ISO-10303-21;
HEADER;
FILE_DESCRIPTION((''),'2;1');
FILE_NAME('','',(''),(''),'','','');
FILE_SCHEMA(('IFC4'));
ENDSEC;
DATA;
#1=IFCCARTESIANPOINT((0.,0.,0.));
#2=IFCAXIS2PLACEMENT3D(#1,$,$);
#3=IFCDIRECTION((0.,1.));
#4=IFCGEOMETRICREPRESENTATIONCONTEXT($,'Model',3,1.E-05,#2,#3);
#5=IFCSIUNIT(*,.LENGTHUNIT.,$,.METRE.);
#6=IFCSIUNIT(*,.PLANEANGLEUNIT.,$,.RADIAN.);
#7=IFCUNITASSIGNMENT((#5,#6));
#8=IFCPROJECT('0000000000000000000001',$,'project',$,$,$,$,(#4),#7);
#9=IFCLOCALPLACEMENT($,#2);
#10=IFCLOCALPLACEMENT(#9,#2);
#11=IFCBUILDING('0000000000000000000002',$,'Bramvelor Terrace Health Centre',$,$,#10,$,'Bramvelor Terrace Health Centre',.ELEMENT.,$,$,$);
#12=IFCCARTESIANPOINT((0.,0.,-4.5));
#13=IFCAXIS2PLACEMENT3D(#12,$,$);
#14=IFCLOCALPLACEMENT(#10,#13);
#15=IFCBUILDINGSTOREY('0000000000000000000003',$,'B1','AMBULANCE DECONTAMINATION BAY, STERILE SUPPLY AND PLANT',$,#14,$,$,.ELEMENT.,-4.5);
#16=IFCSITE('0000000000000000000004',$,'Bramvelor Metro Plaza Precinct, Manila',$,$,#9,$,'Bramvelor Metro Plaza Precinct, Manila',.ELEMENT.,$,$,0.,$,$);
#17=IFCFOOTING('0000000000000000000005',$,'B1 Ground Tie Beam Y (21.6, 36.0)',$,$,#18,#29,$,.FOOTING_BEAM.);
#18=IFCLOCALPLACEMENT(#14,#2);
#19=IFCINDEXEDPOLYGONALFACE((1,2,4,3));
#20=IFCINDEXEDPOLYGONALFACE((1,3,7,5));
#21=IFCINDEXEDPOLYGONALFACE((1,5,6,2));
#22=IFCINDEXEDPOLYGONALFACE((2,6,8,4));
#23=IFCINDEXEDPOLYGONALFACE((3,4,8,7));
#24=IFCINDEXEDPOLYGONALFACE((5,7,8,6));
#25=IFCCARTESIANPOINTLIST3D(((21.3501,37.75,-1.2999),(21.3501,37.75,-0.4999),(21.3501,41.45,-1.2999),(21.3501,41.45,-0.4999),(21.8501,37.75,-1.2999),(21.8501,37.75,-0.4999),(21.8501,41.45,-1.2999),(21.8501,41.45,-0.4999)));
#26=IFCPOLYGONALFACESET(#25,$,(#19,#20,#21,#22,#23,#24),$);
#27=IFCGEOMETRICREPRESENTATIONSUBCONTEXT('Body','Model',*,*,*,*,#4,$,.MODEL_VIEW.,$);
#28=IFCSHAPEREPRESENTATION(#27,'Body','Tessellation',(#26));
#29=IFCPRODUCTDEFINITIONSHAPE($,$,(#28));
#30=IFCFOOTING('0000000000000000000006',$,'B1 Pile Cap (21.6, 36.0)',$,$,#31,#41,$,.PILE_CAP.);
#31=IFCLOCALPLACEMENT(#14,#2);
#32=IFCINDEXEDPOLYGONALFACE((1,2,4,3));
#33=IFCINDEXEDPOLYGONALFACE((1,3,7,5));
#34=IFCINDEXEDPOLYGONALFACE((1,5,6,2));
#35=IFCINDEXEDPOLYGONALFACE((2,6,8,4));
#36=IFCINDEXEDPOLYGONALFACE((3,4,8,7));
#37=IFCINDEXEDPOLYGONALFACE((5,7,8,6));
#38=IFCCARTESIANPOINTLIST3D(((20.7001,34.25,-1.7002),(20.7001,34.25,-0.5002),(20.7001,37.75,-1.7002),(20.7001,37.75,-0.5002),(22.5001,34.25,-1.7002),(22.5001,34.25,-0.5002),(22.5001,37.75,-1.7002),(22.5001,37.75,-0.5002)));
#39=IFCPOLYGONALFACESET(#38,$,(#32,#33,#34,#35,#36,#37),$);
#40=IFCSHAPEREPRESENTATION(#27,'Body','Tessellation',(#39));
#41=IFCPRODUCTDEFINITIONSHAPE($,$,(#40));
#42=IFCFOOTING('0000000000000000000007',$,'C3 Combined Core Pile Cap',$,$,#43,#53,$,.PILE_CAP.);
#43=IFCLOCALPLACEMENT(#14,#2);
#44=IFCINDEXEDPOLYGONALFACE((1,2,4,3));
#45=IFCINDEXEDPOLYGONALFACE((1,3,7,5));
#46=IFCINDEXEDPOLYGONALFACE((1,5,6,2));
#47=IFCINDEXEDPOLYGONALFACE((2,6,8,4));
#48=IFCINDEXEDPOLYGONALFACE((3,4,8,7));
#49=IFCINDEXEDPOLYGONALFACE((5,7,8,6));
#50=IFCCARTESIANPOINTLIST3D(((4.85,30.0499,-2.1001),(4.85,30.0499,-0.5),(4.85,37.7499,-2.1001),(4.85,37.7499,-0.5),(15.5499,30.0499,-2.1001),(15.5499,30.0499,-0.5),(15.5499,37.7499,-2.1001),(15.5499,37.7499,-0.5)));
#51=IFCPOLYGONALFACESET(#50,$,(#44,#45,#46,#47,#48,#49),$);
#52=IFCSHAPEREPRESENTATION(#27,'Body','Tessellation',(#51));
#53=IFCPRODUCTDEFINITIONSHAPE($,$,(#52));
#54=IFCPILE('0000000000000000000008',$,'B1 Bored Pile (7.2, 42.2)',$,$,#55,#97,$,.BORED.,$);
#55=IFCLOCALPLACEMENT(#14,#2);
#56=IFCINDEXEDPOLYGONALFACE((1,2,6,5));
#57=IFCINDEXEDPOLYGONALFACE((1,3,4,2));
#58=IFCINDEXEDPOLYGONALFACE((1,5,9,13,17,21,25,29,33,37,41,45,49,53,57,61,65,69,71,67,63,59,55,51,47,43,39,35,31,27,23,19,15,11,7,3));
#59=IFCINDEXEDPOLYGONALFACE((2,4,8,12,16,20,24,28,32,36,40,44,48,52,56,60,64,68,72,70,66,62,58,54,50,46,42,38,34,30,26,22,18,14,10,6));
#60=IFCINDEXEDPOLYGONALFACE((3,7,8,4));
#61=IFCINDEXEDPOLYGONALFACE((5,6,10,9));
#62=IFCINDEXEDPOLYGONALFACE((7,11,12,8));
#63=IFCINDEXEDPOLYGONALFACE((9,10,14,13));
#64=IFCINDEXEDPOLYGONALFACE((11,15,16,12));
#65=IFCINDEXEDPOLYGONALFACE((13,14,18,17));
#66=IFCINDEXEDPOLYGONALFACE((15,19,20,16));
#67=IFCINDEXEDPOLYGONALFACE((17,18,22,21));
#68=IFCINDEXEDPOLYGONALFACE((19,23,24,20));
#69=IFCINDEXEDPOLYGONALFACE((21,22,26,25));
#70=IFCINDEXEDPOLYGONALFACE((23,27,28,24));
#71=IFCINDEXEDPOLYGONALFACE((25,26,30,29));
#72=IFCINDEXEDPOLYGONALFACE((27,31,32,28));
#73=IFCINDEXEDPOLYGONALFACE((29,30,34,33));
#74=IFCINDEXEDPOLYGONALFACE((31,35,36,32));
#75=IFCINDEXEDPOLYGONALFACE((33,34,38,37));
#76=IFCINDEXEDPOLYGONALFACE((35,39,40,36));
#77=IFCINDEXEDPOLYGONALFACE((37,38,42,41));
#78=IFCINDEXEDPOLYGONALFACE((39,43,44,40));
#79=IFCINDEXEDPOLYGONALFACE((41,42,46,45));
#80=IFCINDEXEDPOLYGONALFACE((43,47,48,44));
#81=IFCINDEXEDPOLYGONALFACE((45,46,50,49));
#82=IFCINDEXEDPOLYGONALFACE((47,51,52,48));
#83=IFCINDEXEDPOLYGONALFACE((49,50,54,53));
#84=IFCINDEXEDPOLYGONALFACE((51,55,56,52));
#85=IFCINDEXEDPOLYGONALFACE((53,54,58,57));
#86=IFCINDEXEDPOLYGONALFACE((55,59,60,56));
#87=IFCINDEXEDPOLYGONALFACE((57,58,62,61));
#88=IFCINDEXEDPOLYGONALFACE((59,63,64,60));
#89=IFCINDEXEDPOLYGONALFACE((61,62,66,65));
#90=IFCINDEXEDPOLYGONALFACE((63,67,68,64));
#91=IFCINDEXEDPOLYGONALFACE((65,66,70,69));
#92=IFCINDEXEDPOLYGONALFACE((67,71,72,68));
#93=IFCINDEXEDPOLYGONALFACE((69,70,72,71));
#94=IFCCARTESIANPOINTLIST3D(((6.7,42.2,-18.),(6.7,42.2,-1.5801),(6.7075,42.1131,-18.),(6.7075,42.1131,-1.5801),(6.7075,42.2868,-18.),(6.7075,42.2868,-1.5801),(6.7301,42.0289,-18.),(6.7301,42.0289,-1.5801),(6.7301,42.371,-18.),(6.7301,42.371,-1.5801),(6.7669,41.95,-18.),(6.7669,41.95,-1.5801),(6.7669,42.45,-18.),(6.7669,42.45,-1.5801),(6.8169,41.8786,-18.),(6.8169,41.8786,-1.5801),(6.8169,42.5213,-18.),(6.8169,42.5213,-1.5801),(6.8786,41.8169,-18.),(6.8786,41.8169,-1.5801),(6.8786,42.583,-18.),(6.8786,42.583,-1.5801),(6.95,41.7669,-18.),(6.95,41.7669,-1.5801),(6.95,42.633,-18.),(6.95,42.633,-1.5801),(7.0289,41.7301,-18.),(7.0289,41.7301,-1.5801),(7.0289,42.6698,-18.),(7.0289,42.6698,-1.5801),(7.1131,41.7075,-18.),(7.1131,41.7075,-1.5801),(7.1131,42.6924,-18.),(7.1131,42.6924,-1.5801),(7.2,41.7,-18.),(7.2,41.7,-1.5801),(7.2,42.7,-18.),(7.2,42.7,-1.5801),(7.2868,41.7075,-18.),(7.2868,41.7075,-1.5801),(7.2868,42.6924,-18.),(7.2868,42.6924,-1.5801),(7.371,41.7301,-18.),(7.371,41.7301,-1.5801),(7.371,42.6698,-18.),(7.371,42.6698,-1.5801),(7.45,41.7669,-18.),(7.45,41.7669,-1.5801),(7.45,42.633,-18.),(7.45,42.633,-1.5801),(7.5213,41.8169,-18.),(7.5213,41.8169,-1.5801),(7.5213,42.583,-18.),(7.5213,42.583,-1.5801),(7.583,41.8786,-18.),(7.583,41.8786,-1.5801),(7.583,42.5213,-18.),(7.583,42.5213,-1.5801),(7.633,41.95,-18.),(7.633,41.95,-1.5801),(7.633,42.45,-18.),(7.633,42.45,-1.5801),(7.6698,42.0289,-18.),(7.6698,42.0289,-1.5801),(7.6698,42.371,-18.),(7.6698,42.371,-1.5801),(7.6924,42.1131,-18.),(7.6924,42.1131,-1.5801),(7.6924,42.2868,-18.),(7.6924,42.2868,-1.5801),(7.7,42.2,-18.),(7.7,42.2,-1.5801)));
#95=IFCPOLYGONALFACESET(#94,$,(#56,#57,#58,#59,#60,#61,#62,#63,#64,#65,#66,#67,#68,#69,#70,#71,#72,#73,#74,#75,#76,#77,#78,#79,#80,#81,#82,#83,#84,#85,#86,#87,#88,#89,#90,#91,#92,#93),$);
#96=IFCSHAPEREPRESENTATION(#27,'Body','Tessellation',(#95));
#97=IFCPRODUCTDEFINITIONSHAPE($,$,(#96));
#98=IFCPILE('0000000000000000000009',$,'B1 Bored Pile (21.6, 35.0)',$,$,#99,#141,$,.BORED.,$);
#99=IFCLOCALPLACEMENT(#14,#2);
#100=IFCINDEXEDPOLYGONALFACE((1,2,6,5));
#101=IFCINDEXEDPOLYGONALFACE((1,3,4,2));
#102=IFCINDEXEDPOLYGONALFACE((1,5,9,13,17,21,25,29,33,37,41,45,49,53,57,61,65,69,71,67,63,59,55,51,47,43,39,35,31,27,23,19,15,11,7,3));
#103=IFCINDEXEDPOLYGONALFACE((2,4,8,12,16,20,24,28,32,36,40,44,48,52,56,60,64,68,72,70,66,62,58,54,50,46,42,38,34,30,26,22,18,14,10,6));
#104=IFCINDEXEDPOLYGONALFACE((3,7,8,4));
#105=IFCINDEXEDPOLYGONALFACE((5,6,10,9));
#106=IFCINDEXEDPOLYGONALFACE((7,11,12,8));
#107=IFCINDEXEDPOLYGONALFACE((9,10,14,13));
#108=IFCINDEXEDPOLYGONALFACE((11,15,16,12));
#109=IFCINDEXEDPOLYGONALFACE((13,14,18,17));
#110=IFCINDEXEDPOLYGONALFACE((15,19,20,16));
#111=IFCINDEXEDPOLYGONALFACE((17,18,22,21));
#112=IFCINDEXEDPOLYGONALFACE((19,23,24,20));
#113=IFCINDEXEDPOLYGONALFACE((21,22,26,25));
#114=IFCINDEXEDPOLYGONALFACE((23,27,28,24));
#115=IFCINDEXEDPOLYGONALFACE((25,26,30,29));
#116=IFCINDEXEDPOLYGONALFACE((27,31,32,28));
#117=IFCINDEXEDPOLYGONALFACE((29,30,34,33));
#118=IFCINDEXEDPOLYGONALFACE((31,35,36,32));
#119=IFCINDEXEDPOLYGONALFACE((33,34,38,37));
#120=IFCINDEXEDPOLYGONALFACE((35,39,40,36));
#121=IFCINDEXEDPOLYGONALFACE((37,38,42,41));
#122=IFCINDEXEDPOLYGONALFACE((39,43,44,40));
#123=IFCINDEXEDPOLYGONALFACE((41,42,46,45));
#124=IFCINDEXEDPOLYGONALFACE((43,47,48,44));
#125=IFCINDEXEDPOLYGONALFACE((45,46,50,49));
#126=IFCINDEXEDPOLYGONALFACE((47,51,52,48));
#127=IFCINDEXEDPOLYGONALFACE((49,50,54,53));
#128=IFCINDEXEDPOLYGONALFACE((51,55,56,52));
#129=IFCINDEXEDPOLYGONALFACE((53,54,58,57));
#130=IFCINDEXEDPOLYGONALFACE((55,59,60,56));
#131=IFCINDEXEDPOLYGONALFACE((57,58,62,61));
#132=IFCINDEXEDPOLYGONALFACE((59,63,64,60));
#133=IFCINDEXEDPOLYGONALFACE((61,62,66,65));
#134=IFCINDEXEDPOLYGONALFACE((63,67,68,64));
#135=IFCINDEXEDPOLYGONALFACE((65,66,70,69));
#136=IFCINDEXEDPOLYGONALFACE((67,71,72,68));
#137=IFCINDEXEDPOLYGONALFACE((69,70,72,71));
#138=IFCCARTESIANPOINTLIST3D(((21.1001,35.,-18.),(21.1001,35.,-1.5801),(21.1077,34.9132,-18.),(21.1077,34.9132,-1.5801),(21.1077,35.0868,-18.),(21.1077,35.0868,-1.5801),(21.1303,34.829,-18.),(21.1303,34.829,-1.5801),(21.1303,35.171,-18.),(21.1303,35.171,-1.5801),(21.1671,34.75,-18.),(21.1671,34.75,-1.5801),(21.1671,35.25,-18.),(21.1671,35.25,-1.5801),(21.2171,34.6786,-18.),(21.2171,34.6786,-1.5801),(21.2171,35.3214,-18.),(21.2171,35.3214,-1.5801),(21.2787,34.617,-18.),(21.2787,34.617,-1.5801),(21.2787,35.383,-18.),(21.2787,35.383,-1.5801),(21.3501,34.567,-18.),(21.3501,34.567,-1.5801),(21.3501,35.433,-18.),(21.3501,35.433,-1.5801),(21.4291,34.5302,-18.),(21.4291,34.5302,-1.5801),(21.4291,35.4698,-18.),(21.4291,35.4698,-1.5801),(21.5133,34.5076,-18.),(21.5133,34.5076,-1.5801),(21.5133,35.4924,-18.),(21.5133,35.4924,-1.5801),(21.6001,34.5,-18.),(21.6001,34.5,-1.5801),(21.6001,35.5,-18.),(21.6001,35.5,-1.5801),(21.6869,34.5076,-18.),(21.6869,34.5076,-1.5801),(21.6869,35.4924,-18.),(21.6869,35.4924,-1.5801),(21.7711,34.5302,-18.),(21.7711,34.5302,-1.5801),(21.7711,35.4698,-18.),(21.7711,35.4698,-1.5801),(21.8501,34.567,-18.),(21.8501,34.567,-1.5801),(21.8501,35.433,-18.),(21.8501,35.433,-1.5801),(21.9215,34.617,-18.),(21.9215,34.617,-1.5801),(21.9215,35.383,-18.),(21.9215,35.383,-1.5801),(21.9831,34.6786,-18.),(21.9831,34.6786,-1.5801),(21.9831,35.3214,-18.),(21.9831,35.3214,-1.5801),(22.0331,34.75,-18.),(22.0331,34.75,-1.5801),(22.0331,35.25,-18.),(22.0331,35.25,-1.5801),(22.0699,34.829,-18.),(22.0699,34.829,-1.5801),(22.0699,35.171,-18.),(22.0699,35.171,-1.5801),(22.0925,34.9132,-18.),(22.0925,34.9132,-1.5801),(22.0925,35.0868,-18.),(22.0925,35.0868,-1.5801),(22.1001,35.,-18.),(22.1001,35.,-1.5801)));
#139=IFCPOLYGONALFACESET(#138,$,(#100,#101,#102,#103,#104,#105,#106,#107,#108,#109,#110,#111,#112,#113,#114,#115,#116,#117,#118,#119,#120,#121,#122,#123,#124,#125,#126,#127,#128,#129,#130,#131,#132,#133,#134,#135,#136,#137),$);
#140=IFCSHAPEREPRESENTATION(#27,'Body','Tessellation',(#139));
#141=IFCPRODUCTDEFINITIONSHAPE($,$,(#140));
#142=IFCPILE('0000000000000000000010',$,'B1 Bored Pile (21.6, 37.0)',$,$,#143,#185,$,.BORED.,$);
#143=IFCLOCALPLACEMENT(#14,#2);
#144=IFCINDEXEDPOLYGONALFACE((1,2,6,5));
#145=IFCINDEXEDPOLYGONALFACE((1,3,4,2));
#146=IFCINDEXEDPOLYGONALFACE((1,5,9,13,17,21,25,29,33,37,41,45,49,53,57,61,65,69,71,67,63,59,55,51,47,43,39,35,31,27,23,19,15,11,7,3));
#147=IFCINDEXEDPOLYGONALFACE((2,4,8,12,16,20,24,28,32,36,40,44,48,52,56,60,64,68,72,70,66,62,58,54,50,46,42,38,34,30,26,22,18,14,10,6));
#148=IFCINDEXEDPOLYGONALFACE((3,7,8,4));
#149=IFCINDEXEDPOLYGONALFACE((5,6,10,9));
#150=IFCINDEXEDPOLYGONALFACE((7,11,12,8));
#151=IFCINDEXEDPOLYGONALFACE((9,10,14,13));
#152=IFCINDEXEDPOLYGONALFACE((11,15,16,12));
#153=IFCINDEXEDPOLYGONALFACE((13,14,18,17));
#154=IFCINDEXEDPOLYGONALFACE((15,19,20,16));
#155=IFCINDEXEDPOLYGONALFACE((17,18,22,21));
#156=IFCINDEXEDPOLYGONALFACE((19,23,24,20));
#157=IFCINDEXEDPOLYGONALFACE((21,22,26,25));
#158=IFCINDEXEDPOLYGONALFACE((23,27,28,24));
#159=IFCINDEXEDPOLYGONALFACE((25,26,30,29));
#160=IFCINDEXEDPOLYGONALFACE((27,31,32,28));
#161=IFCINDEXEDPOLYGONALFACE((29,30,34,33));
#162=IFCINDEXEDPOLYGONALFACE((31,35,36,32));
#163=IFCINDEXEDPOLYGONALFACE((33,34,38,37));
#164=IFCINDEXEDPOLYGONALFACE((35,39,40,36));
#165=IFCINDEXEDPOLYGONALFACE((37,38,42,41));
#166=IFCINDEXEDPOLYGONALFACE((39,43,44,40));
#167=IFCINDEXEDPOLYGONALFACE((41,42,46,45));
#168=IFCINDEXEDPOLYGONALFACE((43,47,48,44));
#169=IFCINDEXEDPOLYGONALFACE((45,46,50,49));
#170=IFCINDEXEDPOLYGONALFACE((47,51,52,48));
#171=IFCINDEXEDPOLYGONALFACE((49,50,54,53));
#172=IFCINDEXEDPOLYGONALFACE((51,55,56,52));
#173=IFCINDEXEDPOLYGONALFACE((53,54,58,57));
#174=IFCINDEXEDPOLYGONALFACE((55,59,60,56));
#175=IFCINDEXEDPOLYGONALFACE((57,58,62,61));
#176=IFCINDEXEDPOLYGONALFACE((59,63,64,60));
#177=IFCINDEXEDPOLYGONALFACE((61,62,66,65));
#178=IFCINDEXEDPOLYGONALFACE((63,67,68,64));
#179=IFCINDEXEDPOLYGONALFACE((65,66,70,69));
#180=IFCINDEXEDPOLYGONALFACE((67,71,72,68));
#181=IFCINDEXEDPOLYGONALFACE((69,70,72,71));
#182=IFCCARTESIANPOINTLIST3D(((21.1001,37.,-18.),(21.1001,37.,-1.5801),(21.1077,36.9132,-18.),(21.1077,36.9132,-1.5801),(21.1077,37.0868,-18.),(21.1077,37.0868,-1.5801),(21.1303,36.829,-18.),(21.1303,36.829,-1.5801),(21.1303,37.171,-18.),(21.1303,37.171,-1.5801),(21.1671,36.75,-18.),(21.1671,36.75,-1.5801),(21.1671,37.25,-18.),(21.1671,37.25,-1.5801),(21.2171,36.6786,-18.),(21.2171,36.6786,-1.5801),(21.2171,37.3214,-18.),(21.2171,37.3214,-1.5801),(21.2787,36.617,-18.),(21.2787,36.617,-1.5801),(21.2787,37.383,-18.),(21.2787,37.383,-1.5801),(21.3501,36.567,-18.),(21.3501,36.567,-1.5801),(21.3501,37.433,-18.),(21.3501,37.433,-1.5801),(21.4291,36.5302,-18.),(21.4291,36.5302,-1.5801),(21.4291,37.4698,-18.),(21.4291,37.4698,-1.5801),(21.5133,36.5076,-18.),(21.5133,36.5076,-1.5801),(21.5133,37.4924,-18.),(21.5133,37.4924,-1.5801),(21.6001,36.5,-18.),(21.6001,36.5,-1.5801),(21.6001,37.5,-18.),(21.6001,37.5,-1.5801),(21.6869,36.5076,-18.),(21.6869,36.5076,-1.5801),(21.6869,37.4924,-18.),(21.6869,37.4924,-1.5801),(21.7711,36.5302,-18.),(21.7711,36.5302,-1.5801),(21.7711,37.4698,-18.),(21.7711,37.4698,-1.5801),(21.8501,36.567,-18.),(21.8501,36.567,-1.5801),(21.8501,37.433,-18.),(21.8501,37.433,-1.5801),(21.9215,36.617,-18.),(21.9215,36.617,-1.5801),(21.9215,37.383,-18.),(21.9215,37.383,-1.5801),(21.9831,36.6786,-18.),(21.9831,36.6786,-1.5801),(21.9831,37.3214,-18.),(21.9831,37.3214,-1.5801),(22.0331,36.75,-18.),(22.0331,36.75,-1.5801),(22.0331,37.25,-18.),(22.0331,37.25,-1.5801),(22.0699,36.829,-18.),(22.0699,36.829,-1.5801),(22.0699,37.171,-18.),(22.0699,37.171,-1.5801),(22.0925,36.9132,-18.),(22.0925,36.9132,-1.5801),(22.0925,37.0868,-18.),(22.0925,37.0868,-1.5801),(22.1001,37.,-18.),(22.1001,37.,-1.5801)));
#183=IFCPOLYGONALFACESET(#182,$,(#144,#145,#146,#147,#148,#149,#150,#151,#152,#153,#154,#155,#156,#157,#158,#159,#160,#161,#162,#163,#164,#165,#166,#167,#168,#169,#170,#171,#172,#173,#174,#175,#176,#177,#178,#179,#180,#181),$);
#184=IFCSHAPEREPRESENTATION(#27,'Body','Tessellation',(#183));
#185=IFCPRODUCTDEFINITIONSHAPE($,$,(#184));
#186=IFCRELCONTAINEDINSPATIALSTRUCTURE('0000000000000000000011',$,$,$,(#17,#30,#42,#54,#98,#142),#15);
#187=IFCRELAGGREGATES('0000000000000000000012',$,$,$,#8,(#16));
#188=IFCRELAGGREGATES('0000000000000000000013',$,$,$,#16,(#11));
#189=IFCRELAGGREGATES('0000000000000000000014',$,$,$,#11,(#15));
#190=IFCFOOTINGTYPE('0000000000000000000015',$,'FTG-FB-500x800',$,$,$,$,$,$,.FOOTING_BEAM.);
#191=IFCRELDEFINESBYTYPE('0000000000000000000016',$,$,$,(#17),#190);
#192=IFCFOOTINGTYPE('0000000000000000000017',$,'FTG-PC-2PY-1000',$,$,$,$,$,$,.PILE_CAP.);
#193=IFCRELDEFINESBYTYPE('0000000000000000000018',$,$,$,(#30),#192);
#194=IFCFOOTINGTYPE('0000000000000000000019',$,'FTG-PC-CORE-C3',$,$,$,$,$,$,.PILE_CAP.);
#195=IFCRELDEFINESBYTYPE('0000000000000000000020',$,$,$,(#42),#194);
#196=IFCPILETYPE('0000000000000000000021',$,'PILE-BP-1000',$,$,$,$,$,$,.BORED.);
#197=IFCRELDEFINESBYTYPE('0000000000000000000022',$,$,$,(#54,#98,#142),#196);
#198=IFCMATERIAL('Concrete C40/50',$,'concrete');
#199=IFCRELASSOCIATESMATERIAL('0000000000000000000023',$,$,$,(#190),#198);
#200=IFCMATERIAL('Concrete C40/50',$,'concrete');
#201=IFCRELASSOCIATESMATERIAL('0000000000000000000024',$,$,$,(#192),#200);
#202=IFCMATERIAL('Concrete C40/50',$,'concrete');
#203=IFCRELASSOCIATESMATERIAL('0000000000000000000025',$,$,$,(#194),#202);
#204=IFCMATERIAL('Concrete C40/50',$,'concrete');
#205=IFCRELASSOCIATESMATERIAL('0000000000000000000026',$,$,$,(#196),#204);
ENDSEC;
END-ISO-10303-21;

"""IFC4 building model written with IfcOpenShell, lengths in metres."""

from ifc_helpers import new_model, si_unit, direction, frame, origin, origin_2d, place, context, subcontext, project, spatial, rectangle, circle, extrude, material, material_profile, profile_set, type_object, element, save


model = new_model("IFC4")

# Units and contexts
model_context = context("Model", 3, precision=1e-05, world=origin(), true_north=direction((0.0, 1.0)))
body_context = subcontext(model_context, "Body", "Model", "MODEL_VIEW")
ifc_project = project(units=[si_unit("LENGTHUNIT", "METRE"), si_unit("PLANEANGLEUNIT", "RADIAN")], contexts=[model_context])

# Site, building, storey
site_placement = place(None, origin())
site = spatial("IfcSite", under=ifc_project, at=site_placement, Name="Bramvelor Metro Plaza Precinct, Manila", LongName="Bramvelor Metro Plaza Precinct, Manila", CompositionType="ELEMENT", RefElevation=0.0)
building_placement = place(site_placement, origin())
building = spatial("IfcBuilding", under=site, at=building_placement, Name="Bramvelor Terrace Health Centre", LongName="Bramvelor Terrace Health Centre", CompositionType="ELEMENT")
storey_placement = place(building_placement, frame((0.0, 0.0, -4.5)))
storey = spatial("IfcBuildingStorey", under=building, at=storey_placement, Name="B1", Description="AMBULANCE DECONTAMINATION BAY, STERILE SUPPLY AND PLANT", CompositionType="ELEMENT", Elevation=-4.5)

# Footings
ifc_material_1 = material(Name="Concrete C40/50", Category="concrete")
ifc_material_profile_1 = material_profile(ifc_material_1, rectangle(XDim=0.5, YDim=0.8, at=origin_2d()), Name="RC 500x800")
ifc_profile_set_1 = profile_set([ifc_material_profile_1], Name="Concrete C40/50")
footing_type_1 = type_object("IfcFootingType", Name="FTG-FB-500x800", PredefinedType="FOOTING_BEAM", material=ifc_profile_set_1)
footing_1_placement = place(storey_placement, frame((21.6001, 37.75, -0.8999), z_axis=(0.0, 1.0, 0.0), x_axis=(-1.0, 0.0, 0.0)))
element("IfcFooting", 1, at=footing_1_placement, inside=storey, type_object=footing_type_1, Name="B1 Ground Tie Beam Y (21.6, 36.0)", PredefinedType="FOOTING_BEAM", context=body_context, shape_type="SweptSolid", body=[
    extrude(rectangle(XDim=0.5, YDim=0.8, at=origin_2d()), origin(), (0.0, 0.0, 1.0), 3.7),
])
ifc_material_2 = material(Name="Concrete C40/50", Category="concrete")
footing_type_2 = type_object("IfcFootingType", Name="FTG-PC-2PY-1000", PredefinedType="PILE_CAP", material=ifc_material_2)
footing_2_placement = place(storey_placement, frame((21.6001, 36.0, -1.7002), z_axis=(0.0, 0.0, 1.0), x_axis=(1.0, 0.0, 0.0)))
element("IfcFooting", 2, at=footing_2_placement, inside=storey, type_object=footing_type_2, Name="B1 Pile Cap (21.6, 36.0)", PredefinedType="PILE_CAP", context=body_context, shape_type="SweptSolid", body=[
    extrude(rectangle(XDim=1.8, YDim=3.5, at=origin_2d()), origin(), (0.0, 0.0, 1.0), 1.2),
])
ifc_material_3 = material(Name="Concrete C40/50", Category="concrete")
footing_type_3 = type_object("IfcFootingType", Name="FTG-PC-CORE-C3", PredefinedType="PILE_CAP", material=ifc_material_3)
footing_3_placement = place(storey_placement, frame((10.2, 33.8999, -2.1001), z_axis=(0.0, 0.0, 1.0), x_axis=(1.0, 0.0, 0.0)))
element("IfcFooting", 3, at=footing_3_placement, inside=storey, type_object=footing_type_3, Name="C3 Combined Core Pile Cap", PredefinedType="PILE_CAP", context=body_context, shape_type="SweptSolid", body=[
    extrude(rectangle(XDim=10.7, YDim=7.7, at=origin_2d()), origin(), (0.0, 0.0, 1.0), 1.6001),
])

# Piles
ifc_material_4 = material(Name="Concrete C40/50", Category="concrete")
ifc_material_profile_2 = material_profile(ifc_material_4, circle(Radius=0.5, at=origin_2d()), Name="BP D1000")
ifc_profile_set_2 = profile_set([ifc_material_profile_2], Name="Concrete C40/50")
pile_type_1 = type_object("IfcPileType", Name="PILE-BP-1000", PredefinedType="BORED", material=ifc_profile_set_2)
for number, where, z_axis, x_axis, name in (
    (4, (7.2, 42.2, -1.5801), (0.0, 0.0, -1.0), (1.0, 0.0, 0.0), "B1 Bored Pile (7.2, 42.2)"),
    (5, (21.6001, 35.0, -1.5801), (0.0, 0.0, -1.0), (1.0, 0.0, 0.0), "B1 Bored Pile (21.6, 35.0)"),
    (6, (21.6001, 37.0, -1.5801), (0.0, 0.0, -1.0), (1.0, 0.0, 0.0), "B1 Bored Pile (21.6, 37.0)"),
):
    element("IfcPile", number, at=place(storey_placement, frame(where, z_axis=z_axis, x_axis=x_axis)), inside=storey, type_object=pile_type_1, Name=name, PredefinedType="BORED", context=body_context, shape_type="SweptSolid", body=[
        extrude(circle(Radius=0.5, at=origin_2d()), origin(), (0.0, 0.0, 1.0), 16.4199),
    ])

save(model, "model.ifc")
